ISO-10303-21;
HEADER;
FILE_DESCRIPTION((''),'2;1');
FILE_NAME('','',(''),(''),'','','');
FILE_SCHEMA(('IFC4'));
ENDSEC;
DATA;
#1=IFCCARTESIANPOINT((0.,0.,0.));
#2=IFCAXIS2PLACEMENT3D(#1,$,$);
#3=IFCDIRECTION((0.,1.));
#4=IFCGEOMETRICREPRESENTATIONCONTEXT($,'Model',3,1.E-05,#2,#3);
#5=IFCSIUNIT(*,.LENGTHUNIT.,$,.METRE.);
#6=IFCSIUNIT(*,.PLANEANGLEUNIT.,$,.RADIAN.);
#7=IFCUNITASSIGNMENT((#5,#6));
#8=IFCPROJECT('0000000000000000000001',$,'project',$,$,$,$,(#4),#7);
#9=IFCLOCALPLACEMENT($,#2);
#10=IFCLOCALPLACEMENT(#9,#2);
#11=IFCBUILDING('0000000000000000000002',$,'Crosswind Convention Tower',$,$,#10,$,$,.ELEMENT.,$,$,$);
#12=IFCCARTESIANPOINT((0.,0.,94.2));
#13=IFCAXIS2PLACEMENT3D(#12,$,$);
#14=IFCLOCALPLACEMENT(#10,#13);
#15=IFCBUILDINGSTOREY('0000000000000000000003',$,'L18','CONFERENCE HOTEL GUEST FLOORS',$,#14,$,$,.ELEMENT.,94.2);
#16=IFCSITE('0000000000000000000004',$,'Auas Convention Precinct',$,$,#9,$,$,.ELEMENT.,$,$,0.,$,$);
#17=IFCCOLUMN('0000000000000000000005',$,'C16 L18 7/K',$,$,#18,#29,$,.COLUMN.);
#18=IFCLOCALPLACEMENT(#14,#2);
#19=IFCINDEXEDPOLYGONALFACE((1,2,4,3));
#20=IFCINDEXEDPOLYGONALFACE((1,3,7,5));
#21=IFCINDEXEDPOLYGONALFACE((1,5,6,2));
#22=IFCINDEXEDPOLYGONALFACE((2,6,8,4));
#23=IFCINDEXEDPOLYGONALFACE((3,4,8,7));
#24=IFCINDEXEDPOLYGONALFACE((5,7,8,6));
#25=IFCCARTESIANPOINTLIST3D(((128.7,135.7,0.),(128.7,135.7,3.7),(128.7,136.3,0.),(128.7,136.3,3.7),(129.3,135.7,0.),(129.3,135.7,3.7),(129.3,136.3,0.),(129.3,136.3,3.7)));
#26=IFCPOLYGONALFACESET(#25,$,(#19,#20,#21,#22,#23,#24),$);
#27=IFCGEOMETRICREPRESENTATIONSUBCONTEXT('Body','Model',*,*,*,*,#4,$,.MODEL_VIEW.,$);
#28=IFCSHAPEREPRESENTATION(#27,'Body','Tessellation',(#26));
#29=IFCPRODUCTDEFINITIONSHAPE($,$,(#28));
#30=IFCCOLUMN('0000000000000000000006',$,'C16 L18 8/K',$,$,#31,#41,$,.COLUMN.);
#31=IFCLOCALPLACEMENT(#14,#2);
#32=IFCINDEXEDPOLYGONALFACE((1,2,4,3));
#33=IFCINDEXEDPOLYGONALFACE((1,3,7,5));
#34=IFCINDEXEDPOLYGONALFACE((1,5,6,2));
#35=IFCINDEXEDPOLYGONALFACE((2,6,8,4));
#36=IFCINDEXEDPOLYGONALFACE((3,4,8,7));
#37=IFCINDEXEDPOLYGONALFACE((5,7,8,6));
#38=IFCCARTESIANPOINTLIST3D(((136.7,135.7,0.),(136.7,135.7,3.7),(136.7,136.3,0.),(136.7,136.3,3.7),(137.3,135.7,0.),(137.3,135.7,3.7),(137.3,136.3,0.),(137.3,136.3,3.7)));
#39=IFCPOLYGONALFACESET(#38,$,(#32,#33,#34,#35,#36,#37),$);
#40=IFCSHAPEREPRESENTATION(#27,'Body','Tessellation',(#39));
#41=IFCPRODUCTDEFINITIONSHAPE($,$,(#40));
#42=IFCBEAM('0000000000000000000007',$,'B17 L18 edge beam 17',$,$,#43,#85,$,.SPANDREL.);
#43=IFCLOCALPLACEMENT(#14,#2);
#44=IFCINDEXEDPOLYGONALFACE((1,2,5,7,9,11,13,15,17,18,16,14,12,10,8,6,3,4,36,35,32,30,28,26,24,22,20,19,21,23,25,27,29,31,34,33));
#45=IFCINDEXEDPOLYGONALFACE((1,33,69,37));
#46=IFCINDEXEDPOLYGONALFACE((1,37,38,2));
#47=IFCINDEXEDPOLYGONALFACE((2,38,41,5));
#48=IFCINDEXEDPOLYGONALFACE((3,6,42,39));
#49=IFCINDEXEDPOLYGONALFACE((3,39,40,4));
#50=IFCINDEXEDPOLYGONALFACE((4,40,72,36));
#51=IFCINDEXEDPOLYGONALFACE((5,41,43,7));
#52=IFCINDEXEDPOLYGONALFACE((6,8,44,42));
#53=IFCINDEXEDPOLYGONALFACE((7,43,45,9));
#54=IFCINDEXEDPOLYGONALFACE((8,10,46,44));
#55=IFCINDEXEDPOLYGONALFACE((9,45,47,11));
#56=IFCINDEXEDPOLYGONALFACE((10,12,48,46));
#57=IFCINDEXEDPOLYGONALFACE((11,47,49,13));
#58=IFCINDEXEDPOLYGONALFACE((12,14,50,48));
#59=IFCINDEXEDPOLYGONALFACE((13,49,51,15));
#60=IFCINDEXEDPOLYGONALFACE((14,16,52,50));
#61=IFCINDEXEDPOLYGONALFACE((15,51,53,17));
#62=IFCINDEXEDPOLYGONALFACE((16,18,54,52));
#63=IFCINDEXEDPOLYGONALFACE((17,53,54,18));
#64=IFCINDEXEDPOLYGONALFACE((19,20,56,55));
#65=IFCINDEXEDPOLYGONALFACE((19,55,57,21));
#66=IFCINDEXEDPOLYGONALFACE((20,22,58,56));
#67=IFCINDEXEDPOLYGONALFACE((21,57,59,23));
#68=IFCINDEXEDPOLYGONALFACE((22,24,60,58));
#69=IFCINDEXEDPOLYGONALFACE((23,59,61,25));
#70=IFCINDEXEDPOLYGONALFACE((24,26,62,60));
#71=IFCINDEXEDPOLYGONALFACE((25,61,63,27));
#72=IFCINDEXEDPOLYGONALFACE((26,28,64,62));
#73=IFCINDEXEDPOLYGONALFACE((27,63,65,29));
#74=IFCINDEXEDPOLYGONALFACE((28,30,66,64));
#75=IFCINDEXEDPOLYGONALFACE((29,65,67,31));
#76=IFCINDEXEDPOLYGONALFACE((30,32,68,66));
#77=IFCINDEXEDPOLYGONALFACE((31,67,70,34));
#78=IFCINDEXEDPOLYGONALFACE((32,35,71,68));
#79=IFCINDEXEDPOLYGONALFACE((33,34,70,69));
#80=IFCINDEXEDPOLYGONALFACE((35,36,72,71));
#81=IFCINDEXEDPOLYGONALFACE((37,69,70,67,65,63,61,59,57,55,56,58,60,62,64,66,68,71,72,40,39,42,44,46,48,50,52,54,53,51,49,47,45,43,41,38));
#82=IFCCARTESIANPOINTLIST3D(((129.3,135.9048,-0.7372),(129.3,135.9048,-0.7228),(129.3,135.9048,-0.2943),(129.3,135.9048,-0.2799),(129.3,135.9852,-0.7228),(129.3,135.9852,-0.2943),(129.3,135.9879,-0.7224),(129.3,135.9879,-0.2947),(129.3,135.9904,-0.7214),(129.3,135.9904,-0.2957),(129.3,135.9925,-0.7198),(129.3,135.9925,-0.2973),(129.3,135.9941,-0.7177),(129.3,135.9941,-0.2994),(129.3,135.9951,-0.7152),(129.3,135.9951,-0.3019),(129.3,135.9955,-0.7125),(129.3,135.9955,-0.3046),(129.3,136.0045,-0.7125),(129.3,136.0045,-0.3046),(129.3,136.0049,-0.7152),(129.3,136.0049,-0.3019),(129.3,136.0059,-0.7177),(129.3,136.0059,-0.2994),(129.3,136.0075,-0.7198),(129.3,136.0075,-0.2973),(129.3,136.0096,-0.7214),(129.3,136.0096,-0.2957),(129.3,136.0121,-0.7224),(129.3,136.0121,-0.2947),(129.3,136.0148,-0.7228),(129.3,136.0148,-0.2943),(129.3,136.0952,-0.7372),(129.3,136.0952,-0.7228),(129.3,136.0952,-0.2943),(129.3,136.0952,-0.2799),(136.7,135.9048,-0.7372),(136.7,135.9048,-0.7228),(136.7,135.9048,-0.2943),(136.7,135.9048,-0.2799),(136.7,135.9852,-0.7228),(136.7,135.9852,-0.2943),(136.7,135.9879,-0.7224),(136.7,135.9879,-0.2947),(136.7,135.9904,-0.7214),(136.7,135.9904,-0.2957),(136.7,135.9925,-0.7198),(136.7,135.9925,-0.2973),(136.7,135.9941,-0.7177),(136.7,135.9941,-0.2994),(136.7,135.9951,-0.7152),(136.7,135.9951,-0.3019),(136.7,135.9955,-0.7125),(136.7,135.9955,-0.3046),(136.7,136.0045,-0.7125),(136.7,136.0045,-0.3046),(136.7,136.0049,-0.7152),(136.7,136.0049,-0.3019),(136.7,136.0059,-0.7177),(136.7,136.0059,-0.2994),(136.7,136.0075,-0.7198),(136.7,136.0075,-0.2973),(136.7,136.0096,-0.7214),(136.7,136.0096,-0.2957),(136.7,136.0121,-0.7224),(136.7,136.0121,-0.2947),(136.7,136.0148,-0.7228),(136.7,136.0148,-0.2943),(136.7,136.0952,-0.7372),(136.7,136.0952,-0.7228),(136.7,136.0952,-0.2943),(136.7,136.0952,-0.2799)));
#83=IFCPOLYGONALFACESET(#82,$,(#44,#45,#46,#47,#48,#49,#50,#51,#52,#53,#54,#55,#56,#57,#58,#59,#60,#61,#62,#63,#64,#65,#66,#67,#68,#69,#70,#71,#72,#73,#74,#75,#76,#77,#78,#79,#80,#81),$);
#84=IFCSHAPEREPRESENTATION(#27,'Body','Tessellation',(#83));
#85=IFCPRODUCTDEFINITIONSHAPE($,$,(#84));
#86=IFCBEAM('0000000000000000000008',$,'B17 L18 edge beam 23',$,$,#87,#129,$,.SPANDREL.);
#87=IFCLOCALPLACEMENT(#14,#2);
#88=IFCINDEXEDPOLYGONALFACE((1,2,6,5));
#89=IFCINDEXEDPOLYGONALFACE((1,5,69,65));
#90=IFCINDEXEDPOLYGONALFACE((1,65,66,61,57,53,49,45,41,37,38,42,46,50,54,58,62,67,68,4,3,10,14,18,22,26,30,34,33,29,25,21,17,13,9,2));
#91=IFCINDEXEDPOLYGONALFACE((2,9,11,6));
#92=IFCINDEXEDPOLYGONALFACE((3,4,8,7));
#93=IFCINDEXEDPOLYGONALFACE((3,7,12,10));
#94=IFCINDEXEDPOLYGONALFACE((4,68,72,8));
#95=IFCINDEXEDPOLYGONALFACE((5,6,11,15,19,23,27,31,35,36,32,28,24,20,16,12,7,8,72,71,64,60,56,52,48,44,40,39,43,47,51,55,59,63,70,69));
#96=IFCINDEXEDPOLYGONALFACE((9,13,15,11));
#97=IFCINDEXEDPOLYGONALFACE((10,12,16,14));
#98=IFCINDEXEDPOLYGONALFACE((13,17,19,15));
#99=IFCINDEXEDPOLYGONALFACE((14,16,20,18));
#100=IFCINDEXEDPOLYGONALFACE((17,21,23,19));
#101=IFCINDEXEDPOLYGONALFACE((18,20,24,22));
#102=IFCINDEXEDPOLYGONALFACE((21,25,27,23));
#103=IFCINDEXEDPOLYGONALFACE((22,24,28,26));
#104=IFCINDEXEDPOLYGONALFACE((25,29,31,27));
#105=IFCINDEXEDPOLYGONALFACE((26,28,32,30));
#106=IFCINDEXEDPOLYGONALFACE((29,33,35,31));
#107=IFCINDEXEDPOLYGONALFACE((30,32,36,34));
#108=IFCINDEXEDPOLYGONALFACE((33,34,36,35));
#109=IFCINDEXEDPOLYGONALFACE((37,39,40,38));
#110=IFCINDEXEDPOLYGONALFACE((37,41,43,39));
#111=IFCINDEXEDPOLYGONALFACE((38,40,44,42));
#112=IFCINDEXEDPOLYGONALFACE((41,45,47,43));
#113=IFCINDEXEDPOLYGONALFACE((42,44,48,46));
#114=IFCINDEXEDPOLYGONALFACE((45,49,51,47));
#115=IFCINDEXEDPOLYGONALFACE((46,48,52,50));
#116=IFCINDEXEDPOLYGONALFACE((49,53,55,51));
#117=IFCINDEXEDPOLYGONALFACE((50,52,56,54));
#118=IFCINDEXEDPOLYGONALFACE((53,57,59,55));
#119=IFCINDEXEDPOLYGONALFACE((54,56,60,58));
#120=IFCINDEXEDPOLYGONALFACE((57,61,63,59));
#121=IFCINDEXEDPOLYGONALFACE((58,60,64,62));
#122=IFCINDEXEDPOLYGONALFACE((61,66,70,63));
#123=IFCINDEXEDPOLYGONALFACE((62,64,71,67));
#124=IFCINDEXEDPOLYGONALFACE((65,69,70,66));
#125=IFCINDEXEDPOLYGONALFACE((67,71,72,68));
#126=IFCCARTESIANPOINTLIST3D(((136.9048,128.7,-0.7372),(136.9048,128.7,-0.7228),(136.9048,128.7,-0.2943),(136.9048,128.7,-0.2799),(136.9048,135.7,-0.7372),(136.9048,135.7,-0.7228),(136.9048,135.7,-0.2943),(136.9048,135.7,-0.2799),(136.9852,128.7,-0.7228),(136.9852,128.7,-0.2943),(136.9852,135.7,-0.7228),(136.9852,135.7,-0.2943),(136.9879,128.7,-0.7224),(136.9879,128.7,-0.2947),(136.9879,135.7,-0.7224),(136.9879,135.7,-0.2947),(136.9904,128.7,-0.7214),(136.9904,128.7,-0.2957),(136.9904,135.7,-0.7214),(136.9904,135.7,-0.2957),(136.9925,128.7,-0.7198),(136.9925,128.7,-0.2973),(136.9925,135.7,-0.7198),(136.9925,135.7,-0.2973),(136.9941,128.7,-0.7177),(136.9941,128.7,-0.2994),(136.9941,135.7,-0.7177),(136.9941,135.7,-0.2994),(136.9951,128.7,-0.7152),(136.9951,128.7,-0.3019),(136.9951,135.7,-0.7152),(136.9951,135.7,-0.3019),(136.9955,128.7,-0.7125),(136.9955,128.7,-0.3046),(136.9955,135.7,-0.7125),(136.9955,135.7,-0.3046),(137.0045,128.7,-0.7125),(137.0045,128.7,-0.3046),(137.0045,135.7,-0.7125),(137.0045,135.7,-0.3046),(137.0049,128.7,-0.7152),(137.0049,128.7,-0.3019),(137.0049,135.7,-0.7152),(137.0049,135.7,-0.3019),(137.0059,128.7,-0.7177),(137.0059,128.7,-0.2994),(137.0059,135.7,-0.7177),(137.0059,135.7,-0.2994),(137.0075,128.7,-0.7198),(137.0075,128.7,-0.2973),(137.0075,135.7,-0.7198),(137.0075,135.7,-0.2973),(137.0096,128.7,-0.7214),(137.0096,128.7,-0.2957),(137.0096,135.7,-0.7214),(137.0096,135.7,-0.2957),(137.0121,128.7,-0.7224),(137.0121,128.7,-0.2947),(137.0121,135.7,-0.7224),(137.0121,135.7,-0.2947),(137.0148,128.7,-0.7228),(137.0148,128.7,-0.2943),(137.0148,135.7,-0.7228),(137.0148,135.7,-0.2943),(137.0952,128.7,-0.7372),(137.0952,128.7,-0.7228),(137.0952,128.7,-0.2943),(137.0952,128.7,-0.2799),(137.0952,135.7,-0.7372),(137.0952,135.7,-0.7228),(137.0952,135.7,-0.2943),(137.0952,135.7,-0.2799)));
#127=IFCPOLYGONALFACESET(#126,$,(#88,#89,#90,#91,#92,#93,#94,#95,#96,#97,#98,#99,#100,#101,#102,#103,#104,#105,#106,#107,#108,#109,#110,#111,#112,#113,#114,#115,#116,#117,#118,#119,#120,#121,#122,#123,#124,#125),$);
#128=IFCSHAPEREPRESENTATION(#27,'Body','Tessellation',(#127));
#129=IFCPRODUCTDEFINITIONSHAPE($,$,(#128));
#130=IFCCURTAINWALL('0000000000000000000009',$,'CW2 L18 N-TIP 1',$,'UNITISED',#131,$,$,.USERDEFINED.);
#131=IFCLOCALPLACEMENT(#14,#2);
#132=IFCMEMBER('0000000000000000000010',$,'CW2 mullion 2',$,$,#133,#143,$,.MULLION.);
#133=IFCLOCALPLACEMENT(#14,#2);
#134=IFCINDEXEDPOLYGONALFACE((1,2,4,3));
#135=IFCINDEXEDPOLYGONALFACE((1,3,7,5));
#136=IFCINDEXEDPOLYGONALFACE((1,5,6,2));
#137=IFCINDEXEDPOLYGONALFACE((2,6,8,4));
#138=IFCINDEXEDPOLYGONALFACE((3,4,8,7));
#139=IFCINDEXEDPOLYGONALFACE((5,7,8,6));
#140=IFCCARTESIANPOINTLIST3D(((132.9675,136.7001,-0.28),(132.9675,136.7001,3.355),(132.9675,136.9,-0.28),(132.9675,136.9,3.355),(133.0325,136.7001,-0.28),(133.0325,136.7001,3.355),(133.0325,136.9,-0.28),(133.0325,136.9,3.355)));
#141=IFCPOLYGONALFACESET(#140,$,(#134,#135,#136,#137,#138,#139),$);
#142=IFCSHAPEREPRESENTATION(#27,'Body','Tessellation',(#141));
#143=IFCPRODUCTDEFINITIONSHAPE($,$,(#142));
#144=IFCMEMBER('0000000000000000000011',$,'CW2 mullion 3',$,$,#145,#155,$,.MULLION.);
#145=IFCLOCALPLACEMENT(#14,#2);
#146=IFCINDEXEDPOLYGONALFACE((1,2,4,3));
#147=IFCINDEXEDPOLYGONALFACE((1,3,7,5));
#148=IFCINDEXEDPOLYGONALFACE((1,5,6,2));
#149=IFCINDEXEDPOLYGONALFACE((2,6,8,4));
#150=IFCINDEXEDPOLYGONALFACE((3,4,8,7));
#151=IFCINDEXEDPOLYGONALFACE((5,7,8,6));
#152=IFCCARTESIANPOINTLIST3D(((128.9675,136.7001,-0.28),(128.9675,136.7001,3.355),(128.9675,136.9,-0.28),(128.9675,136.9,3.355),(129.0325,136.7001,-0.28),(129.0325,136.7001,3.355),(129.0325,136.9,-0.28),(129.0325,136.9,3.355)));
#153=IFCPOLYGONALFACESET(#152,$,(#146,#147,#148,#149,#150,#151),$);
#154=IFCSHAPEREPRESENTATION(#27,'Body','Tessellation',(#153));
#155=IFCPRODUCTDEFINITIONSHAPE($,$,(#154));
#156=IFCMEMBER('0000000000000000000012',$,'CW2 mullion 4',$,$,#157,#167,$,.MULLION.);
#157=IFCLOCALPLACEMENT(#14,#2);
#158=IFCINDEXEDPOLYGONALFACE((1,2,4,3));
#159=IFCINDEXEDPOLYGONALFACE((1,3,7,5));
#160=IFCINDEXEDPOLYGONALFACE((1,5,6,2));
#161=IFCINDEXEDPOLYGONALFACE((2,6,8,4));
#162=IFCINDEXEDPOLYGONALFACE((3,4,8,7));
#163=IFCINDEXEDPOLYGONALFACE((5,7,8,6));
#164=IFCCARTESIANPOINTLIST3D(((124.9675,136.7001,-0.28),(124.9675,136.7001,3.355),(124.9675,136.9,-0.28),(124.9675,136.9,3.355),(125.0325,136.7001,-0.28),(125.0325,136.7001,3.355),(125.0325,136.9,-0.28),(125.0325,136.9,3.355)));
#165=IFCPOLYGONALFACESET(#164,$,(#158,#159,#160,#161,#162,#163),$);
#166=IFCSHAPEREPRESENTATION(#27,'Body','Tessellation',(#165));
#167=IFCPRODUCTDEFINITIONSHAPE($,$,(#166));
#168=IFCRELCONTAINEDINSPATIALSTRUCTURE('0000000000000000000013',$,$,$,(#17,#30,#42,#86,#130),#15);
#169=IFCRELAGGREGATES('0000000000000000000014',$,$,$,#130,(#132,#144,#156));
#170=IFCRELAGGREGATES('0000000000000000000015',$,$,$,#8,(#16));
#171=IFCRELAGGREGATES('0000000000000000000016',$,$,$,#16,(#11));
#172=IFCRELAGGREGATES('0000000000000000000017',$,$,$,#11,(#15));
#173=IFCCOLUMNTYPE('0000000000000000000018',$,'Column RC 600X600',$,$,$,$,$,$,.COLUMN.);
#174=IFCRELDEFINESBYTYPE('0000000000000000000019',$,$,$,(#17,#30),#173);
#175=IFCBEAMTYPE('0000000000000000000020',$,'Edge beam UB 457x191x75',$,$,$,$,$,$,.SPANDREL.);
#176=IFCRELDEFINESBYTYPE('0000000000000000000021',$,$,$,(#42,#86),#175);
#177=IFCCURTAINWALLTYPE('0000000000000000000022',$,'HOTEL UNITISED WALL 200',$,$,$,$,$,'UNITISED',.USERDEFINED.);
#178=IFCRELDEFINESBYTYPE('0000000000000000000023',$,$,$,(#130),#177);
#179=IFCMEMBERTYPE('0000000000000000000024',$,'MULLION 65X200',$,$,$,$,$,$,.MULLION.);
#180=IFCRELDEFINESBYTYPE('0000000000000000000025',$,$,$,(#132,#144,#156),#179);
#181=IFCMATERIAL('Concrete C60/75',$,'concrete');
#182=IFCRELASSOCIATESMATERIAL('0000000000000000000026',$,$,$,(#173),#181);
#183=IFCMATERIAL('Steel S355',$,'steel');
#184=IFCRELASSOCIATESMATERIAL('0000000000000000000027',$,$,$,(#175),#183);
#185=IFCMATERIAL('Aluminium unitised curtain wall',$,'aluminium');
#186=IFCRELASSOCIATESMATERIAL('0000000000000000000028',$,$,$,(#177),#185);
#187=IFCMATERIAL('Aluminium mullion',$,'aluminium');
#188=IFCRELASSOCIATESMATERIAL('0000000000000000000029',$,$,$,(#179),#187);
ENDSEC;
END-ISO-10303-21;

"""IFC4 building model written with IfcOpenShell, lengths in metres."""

from ifc_helpers import new_model, si_unit, direction, frame, origin, origin_2d, place, context, subcontext, project, spatial, rectangle, i_section, extrude, material, material_profile, profile_set, type_object, element, aggregate, save


model = new_model("IFC4")

# Units and contexts
model_context = context("Model", 3, precision=1e-05, world=origin(), true_north=direction((0.0, 1.0)))
body_context = subcontext(model_context, "Body", "Model", "MODEL_VIEW")
ifc_project = project(units=[si_unit("LENGTHUNIT", "METRE"), si_unit("PLANEANGLEUNIT", "RADIAN")], contexts=[model_context])

# Site, building, storey
site_placement = place(None, origin())
site = spatial("IfcSite", under=ifc_project, at=site_placement, Name="Auas Convention Precinct", CompositionType="ELEMENT", RefElevation=0.0)
building_placement = place(site_placement, origin())
building = spatial("IfcBuilding", under=site, at=building_placement, Name="Crosswind Convention Tower", CompositionType="ELEMENT")
storey_placement = place(building_placement, frame((0.0, 0.0, 94.2)))
storey = spatial("IfcBuildingStorey", under=building, at=storey_placement, Name="L18", Description="CONFERENCE HOTEL GUEST FLOORS", CompositionType="ELEMENT", Elevation=94.2)

# Columns
ifc_material_1 = material(Name="Concrete C60/75", Category="concrete")
ifc_material_profile_1 = material_profile(ifc_material_1, rectangle(XDim=0.6001, YDim=0.6001, at=origin_2d()), Name="RC 600X600")
ifc_profile_set_1 = profile_set([ifc_material_profile_1], Name="Concrete C60/75")
column_type = type_object("IfcColumnType", Name="Column RC 600X600", PredefinedType="COLUMN", material=ifc_profile_set_1)
for number, where, z_axis, x_axis, name in (
    (1, (129.0, 136.0, 0.0), (0.0, 0.0, 1.0), (1.0, 0.0, 0.0), "C16 L18 7/K"),
    (2, (137.0, 136.0, 0.0), (0.0, 0.0, 1.0), (1.0, 0.0, 0.0), "C16 L18 8/K"),
):
    element("IfcColumn", number, at=place(storey_placement, frame(where, z_axis=z_axis, x_axis=x_axis)), inside=storey, type_object=column_type, Name=name, PredefinedType="COLUMN", context=body_context, shape_type="SweptSolid", body=[
        extrude(rectangle(XDim=0.6001, YDim=0.6001, at=origin_2d()), origin(), (0.0, 0.0, 1.0), 3.7),
    ])

# Beams
ifc_material_2 = material(Name="Steel S355", Category="steel")
ifc_material_profile_2 = material_profile(ifc_material_2, i_section(OverallWidth=0.1904, OverallDepth=0.4573, WebThickness=0.009, FlangeThickness=0.0144, FilletRadius=0.0103, at=origin_2d()), Name="UB 457x191x75")
ifc_profile_set_2 = profile_set([ifc_material_profile_2], Name="Steel S355")
beam_type_1 = type_object("IfcBeamType", Name="Edge beam UB 457x191x75", PredefinedType="SPANDREL", material=ifc_profile_set_2)
beam_1_placement = place(storey_placement, frame((129.3, 136.0, -0.5085), z_axis=(1.0, 0.0, 0.0), x_axis=(0.0, 1.0, 0.0)))
element("IfcBeam", 3, at=beam_1_placement, inside=storey, type_object=beam_type_1, Name="B17 L18 edge beam 17", PredefinedType="SPANDREL", context=body_context, shape_type="SweptSolid", body=[
    extrude(i_section(OverallWidth=0.1904, OverallDepth=0.4573, WebThickness=0.009, FlangeThickness=0.0144, FilletRadius=0.0103, at=origin_2d()), origin(), (0.0, 0.0, 1.0), 7.3999),
])
beam_2_placement = place(storey_placement, frame((137.0, 128.7, -0.5085), z_axis=(0.0, 1.0, 0.0), x_axis=(-1.0, 0.0, 0.0)))
element("IfcBeam", 4, at=beam_2_placement, inside=storey, type_object=beam_type_1, Name="B17 L18 edge beam 23", PredefinedType="SPANDREL", context=body_context, shape_type="SweptSolid", body=[
    extrude(i_section(OverallWidth=0.1904, OverallDepth=0.4573, WebThickness=0.009, FlangeThickness=0.0144, FilletRadius=0.0103, at=origin_2d()), origin(), (0.0, 0.0, 1.0), 7.0),
])

# Curtain wall, members
ifc_material_3 = material(Name="Aluminium unitised curtain wall", Category="aluminium")
curtain_wall_type = type_object("IfcCurtainWallType", Name="HOTEL UNITISED WALL 200", ElementType="UNITISED", PredefinedType="USERDEFINED", material=ifc_material_3)
curtain_wall_placement = place(storey_placement, origin())
curtain_wall = element("IfcCurtainWall", 5, at=curtain_wall_placement, inside=storey, type_object=curtain_wall_type, Name="CW2 L18 N-TIP 1", ObjectType="UNITISED", PredefinedType="USERDEFINED")
ifc_material_4 = material(Name="Aluminium mullion", Category="aluminium")
ifc_material_profile_3 = material_profile(ifc_material_4, rectangle(XDim=0.2, YDim=0.0649, at=origin_2d()), Name="AL 200X65")
ifc_profile_set_3 = profile_set([ifc_material_profile_3], Name="Aluminium mullion")
member_type = type_object("IfcMemberType", Name="MULLION 65X200", PredefinedType="MULLION", material=ifc_profile_set_3)
member_1_placement = place(storey_placement, frame((133.0, 136.8, -0.28), z_axis=(0.0, 0.0, 1.0), x_axis=(0.0, 1.0, 0.0)))
member_1 = element("IfcMember", 6, at=member_1_placement, type_object=member_type, Name="CW2 mullion 2", PredefinedType="MULLION", context=body_context, shape_type="SweptSolid", body=[
    extrude(rectangle(XDim=0.2, YDim=0.0649, at=origin_2d()), origin(), (0.0, 0.0, 1.0), 3.635),
])
member_2_placement = place(storey_placement, frame((129.0, 136.8, -0.28), z_axis=(0.0, 0.0, 1.0), x_axis=(0.0, 1.0, 0.0)))
member_2 = element("IfcMember", 7, at=member_2_placement, type_object=member_type, Name="CW2 mullion 3", PredefinedType="MULLION", context=body_context, shape_type="SweptSolid", body=[
    extrude(rectangle(XDim=0.2, YDim=0.0649, at=origin_2d()), origin(), (0.0, 0.0, 1.0), 3.635),
])
member_3_placement = place(storey_placement, frame((125.0, 136.8, -0.28), z_axis=(0.0, 0.0, 1.0), x_axis=(0.0, 1.0, 0.0)))
member_3 = element("IfcMember", 8, at=member_3_placement, type_object=member_type, Name="CW2 mullion 4", PredefinedType="MULLION", context=body_context, shape_type="SweptSolid", body=[
    extrude(rectangle(XDim=0.2, YDim=0.0649, at=origin_2d()), origin(), (0.0, 0.0, 1.0), 3.635),
])

aggregate(curtain_wall, [member_1, member_2, member_3])

save(model, "model.ifc")
